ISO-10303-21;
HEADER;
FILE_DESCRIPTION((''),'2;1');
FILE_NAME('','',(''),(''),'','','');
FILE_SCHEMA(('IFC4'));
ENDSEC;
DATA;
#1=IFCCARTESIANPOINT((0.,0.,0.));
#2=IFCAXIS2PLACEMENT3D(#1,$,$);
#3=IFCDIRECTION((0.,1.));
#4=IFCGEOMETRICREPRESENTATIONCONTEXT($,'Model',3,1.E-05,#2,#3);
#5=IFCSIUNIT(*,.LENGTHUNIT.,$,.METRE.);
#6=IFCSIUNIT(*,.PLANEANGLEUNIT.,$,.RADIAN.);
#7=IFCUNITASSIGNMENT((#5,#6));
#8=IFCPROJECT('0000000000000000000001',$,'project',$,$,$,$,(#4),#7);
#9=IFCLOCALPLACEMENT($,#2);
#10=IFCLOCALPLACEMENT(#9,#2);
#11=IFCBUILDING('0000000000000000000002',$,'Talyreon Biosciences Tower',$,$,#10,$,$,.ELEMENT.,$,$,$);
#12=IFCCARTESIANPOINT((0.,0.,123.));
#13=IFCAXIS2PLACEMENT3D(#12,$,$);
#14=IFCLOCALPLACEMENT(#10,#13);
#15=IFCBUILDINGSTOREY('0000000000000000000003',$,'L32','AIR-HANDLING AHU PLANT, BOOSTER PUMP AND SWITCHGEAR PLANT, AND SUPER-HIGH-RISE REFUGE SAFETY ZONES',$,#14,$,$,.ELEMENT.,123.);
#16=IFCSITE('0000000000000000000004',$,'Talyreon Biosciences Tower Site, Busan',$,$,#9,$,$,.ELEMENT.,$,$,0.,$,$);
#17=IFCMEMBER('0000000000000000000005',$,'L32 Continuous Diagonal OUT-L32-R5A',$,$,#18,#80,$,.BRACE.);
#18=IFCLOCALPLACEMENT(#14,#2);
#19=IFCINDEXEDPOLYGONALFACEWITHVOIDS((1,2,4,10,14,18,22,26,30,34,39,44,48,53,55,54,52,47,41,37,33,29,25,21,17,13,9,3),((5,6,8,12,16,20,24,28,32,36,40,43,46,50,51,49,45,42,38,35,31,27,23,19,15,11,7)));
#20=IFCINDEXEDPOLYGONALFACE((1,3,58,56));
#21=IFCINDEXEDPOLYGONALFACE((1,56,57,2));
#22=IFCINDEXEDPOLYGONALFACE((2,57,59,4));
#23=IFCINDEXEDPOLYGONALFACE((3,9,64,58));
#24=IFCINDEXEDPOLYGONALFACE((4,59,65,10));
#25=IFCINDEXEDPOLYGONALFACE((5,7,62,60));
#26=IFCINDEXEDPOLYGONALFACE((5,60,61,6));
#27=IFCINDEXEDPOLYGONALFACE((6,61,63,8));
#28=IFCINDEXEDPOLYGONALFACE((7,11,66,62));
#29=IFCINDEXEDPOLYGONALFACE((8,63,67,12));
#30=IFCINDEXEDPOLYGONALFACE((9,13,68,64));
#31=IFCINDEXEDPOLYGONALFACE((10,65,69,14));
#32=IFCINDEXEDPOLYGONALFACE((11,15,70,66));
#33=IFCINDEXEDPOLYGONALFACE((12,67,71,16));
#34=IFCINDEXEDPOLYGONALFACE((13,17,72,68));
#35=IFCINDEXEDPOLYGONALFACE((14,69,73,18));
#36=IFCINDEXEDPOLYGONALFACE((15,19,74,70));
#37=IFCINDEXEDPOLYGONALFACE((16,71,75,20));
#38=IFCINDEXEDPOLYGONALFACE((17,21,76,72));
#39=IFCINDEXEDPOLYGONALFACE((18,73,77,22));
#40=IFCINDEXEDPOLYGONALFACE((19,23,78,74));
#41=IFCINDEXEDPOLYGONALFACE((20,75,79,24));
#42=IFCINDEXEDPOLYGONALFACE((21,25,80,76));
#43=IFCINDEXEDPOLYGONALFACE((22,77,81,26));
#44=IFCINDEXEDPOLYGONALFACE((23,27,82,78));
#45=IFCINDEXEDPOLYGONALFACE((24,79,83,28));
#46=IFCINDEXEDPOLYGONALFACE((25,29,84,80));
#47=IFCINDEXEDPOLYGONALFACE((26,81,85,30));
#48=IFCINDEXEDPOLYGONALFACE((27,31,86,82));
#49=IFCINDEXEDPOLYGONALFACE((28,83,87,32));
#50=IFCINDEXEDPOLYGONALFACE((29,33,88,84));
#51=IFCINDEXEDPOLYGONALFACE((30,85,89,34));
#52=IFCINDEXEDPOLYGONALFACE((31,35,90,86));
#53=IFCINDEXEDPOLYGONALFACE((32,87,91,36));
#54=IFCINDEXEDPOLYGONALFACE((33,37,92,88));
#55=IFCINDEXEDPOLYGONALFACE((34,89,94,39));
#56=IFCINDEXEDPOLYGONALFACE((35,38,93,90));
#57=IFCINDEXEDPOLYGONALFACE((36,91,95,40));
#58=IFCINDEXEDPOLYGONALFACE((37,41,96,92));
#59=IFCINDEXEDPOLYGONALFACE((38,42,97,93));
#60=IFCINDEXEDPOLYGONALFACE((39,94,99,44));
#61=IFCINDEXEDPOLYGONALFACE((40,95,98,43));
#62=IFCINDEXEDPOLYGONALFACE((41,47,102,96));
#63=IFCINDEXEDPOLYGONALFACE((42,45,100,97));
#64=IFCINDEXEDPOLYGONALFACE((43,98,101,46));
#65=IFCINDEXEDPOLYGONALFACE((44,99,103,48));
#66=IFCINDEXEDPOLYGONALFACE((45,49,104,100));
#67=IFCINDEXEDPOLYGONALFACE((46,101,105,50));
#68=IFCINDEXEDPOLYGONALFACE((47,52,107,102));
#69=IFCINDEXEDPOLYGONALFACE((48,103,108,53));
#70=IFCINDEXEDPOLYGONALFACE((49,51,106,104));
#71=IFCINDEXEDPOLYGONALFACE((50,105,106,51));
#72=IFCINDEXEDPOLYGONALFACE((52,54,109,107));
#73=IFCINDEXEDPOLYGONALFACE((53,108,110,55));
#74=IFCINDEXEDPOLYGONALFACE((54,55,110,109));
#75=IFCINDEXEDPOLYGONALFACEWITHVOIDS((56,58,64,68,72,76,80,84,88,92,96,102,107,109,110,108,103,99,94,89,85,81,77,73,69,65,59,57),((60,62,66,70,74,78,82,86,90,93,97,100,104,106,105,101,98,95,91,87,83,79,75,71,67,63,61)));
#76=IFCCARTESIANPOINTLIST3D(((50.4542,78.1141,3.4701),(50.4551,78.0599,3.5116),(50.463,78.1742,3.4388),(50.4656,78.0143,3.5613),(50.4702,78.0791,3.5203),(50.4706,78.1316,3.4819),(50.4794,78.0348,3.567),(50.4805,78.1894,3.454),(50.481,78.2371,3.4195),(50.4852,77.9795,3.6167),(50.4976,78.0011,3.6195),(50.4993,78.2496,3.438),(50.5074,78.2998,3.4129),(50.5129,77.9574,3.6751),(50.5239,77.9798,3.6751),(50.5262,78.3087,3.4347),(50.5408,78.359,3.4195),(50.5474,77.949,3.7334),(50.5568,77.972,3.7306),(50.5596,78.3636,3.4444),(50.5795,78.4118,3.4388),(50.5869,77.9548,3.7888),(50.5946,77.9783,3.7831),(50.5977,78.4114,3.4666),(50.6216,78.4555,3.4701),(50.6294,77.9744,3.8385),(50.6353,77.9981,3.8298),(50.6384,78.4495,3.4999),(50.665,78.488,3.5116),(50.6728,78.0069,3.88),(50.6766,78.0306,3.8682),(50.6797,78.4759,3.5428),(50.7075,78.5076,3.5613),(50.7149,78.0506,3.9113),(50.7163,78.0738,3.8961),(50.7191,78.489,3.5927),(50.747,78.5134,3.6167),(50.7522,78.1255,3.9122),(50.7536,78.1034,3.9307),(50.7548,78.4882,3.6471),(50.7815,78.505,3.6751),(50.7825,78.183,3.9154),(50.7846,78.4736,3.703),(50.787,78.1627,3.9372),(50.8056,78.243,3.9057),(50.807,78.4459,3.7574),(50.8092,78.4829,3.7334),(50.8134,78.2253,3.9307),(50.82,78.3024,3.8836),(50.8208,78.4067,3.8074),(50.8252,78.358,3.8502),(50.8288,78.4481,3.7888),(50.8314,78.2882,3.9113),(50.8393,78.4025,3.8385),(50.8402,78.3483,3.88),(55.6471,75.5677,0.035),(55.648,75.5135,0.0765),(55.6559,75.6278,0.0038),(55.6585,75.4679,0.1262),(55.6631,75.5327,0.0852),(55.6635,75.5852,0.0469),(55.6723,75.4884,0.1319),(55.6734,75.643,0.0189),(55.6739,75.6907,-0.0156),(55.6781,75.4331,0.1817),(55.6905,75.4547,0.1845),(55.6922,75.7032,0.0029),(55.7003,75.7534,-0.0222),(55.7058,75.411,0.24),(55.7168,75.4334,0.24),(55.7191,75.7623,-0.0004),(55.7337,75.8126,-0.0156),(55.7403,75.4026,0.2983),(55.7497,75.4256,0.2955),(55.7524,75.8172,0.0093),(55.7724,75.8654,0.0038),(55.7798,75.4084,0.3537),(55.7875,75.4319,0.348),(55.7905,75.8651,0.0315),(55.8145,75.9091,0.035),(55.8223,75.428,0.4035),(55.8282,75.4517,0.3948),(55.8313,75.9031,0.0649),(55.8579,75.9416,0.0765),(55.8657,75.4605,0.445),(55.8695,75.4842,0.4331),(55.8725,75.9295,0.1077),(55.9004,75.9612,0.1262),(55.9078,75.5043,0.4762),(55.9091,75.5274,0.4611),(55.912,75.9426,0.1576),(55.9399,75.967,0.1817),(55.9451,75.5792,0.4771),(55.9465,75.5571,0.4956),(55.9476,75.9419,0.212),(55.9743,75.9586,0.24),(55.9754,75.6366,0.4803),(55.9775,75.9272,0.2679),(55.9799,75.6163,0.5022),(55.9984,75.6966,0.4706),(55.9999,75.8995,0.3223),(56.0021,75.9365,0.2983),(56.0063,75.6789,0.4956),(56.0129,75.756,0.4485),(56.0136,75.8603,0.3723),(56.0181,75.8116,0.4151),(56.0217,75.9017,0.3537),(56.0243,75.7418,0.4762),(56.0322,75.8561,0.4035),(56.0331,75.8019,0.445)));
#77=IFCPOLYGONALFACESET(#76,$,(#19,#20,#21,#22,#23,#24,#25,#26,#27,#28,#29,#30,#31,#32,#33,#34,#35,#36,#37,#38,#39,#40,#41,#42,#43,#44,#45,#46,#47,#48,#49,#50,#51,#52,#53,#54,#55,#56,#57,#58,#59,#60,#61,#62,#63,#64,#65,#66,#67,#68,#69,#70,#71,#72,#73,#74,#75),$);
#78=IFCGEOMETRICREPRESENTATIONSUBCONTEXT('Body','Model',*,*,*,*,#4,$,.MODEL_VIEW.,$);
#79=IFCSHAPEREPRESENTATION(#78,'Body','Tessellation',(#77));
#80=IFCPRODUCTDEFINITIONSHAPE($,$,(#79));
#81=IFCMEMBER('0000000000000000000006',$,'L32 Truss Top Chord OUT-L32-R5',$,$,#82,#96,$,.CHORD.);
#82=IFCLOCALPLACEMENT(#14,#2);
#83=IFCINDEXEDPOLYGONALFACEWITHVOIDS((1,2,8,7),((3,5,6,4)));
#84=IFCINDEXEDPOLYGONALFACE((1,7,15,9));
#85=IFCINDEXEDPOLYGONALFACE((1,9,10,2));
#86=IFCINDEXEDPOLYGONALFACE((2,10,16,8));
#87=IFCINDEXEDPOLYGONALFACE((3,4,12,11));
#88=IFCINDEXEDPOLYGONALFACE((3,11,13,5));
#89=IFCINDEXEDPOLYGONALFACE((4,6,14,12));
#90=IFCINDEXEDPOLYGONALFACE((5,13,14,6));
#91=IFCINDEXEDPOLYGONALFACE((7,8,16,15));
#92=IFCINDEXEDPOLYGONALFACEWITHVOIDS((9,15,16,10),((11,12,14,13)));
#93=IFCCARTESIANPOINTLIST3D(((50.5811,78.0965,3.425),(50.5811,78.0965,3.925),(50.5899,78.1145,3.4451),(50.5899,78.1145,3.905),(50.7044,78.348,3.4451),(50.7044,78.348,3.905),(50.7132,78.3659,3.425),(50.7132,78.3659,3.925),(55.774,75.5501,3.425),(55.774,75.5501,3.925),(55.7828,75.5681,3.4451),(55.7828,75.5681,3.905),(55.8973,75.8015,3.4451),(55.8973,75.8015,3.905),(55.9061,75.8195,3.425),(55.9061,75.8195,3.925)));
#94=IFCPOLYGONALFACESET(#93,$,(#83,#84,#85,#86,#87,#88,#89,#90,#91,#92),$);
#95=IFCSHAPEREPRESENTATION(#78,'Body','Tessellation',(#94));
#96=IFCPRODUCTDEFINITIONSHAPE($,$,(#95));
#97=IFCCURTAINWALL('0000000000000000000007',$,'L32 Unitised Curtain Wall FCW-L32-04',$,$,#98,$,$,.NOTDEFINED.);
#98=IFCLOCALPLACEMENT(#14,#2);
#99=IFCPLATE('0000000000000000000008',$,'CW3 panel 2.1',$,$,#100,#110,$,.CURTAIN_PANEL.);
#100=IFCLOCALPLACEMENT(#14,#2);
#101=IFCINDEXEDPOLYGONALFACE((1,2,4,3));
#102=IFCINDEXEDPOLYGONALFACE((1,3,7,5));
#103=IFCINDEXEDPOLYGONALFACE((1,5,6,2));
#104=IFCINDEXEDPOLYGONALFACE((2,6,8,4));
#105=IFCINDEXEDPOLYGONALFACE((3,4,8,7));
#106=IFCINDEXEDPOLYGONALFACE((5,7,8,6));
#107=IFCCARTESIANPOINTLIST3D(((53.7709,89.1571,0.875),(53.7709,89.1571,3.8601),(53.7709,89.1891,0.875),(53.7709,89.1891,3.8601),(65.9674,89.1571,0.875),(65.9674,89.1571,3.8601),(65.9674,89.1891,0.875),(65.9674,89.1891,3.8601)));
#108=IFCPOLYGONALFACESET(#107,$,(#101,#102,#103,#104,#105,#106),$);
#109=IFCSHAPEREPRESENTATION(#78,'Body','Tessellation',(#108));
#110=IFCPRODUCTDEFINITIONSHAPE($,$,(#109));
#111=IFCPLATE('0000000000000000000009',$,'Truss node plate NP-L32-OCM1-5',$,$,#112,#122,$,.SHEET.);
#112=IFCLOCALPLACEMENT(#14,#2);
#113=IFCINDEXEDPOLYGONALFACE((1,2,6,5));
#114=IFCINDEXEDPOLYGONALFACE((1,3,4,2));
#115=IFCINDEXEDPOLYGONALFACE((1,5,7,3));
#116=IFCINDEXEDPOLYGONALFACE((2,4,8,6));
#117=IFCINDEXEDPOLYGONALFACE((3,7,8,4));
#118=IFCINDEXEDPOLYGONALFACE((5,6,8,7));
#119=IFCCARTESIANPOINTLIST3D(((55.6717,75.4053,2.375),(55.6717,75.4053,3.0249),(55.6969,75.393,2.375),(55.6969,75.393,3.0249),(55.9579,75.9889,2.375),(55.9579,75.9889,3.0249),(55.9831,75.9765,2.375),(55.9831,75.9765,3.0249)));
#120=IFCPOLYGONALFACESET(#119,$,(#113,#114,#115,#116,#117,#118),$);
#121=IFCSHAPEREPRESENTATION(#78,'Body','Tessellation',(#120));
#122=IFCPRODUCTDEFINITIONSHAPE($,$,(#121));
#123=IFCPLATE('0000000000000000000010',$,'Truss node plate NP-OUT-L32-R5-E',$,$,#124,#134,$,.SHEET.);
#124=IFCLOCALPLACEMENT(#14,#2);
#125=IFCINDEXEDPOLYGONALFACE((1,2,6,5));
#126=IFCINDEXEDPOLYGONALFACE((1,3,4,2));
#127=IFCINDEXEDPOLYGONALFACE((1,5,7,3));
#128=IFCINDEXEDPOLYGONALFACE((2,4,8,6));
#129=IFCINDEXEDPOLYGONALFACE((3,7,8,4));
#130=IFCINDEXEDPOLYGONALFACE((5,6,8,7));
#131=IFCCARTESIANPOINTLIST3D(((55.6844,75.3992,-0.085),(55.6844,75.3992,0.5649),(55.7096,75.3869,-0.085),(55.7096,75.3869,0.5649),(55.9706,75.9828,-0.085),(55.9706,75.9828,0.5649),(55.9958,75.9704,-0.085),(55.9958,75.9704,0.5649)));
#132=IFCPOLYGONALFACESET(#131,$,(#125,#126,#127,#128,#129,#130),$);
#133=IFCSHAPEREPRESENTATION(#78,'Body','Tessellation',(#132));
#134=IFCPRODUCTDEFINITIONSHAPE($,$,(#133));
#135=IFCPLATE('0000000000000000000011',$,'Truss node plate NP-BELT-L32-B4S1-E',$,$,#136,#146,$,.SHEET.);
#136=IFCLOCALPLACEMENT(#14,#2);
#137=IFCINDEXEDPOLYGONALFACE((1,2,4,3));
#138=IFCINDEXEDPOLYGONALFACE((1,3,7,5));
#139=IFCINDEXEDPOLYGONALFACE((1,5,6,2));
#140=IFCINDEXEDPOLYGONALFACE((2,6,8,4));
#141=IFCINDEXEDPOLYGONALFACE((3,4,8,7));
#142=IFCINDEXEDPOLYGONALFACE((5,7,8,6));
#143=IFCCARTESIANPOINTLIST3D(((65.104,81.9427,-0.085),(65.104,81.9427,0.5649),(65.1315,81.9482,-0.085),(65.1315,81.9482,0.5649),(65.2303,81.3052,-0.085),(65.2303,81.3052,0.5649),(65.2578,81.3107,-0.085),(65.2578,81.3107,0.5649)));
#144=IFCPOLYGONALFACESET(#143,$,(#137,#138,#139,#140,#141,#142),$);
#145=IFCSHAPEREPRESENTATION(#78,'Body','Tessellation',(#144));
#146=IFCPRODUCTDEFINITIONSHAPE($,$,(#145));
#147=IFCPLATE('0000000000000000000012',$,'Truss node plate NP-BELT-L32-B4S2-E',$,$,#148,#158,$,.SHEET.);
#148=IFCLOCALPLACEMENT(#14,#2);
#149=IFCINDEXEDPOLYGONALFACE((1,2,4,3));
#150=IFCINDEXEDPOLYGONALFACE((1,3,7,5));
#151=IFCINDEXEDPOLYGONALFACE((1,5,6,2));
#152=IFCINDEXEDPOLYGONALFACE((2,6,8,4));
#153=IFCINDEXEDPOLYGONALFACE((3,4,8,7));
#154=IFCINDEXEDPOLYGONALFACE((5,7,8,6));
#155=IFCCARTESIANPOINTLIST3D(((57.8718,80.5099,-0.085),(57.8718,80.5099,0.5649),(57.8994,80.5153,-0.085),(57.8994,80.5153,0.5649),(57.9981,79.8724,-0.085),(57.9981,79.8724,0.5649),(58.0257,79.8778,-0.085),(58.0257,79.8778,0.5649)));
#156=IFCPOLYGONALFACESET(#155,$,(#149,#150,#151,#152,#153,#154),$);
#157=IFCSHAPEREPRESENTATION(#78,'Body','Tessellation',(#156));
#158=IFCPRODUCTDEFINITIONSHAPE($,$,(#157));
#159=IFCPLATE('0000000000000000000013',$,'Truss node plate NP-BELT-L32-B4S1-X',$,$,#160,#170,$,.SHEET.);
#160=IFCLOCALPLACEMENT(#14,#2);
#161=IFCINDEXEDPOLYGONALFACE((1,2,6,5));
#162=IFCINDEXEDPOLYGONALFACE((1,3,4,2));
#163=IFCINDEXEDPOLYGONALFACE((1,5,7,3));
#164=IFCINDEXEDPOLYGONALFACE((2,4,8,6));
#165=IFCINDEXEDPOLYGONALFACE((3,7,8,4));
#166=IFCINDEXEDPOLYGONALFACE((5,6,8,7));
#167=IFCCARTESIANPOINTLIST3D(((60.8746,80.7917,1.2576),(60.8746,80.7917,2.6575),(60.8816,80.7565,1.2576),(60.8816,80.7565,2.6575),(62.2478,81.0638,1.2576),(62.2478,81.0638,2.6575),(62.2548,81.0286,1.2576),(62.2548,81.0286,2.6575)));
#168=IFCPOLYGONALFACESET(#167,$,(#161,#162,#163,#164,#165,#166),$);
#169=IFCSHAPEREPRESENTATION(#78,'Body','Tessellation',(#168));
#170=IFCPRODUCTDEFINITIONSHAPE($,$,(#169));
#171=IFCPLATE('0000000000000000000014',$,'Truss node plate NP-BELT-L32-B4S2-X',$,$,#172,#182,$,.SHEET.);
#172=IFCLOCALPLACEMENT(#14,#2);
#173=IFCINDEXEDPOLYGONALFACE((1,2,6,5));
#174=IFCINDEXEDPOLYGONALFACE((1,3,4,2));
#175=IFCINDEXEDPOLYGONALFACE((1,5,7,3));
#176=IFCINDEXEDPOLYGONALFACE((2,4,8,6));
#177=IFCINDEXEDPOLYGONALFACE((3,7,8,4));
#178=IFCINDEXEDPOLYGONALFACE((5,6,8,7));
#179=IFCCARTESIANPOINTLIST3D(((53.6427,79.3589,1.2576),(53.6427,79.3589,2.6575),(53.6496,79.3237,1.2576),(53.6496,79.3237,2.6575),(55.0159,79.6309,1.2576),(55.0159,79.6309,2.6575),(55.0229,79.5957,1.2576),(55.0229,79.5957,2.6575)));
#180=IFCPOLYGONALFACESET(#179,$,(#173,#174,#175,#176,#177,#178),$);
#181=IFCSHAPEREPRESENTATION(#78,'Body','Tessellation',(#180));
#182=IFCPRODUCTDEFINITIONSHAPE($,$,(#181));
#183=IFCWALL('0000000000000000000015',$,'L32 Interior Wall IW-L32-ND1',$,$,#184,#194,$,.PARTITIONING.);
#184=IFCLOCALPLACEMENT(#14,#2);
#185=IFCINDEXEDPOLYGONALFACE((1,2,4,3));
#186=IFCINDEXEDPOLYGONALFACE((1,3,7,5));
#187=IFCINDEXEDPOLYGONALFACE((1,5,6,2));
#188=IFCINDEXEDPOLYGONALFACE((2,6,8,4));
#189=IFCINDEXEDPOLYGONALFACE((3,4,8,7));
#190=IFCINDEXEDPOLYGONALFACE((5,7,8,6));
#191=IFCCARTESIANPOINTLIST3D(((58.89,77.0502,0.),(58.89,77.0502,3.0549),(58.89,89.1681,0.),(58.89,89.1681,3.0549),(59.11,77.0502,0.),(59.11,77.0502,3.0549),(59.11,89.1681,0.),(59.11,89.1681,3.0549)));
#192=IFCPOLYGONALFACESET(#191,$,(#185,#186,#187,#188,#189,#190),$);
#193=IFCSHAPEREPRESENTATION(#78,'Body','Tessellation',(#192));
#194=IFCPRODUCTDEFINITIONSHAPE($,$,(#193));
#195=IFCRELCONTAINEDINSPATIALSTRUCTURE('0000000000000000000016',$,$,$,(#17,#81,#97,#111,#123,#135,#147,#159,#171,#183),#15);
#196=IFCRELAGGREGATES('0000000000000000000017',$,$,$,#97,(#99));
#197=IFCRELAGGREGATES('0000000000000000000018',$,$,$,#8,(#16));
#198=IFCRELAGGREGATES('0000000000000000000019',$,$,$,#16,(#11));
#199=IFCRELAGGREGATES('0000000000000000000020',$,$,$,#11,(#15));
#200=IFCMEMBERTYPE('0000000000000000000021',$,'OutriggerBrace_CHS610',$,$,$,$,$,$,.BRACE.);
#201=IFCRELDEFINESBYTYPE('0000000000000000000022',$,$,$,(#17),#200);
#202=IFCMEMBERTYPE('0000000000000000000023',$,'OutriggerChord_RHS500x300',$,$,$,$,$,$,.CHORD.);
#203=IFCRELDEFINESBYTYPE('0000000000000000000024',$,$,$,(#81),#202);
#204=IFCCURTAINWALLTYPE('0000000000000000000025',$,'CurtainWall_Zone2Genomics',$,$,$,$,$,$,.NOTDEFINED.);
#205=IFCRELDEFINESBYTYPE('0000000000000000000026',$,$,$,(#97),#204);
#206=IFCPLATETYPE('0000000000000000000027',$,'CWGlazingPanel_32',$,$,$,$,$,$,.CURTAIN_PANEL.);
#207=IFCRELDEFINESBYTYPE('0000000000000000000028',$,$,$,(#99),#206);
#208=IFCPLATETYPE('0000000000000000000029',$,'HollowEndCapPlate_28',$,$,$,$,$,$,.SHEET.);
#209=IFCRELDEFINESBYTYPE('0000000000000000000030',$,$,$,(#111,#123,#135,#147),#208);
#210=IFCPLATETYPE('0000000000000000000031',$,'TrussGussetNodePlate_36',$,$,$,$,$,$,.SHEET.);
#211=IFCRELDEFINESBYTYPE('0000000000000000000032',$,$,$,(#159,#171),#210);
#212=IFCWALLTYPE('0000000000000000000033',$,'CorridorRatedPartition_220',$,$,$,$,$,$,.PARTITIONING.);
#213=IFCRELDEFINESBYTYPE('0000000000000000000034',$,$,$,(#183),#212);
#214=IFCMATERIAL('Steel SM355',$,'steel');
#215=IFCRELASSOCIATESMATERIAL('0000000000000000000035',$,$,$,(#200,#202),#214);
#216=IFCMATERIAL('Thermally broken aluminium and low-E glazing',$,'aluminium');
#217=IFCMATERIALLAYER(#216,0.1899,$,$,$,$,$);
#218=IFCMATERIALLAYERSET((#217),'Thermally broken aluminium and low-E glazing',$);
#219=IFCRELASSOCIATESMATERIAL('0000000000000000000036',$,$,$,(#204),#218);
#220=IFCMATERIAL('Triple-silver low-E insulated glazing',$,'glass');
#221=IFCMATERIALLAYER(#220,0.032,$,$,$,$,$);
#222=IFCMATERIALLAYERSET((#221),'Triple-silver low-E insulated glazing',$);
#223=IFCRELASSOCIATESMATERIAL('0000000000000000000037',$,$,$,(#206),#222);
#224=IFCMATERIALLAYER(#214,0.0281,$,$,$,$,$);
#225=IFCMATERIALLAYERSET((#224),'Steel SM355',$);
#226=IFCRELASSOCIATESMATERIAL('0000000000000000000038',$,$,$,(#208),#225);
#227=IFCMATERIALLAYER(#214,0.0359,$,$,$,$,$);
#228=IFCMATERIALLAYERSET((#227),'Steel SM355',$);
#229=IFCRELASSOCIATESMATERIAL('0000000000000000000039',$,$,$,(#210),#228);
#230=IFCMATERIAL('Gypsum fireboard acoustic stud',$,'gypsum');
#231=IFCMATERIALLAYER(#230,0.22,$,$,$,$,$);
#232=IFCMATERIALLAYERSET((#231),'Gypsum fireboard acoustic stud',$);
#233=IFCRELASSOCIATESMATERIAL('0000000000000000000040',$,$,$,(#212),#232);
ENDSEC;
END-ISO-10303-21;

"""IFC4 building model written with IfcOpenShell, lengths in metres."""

from ifc_helpers import new_model, si_unit, direction, frame, frame_2d, origin, origin_2d, place, context, subcontext, project, spatial, rectangle, hollow_rectangle, hollow_circle, extrude, material, layer, layer_set, material_profile, profile_set, type_object, element, aggregate, save


model = new_model("IFC4")

# Units and contexts
model_context = context("Model", 3, precision=1e-05, world=origin(), true_north=direction((0.0, 1.0)))
body_context = subcontext(model_context, "Body", "Model", "MODEL_VIEW")
ifc_project = project(units=[si_unit("LENGTHUNIT", "METRE"), si_unit("PLANEANGLEUNIT", "RADIAN")], contexts=[model_context])

# Site, building, storey
site_placement = place(None, origin())
site = spatial("IfcSite", under=ifc_project, at=site_placement, Name="Talyreon Biosciences Tower Site, Busan", CompositionType="ELEMENT", RefElevation=0.0)
building_placement = place(site_placement, origin())
building = spatial("IfcBuilding", under=site, at=building_placement, Name="Talyreon Biosciences Tower", CompositionType="ELEMENT")
storey_placement = place(building_placement, frame((0.0, 0.0, 123.0)))
storey = spatial("IfcBuildingStorey", under=building, at=storey_placement, Name="L32", Description="AIR-HANDLING AHU PLANT, BOOSTER PUMP AND SWITCHGEAR PLANT, AND SUPER-HIGH-RISE REFUGE SAFETY ZONES", CompositionType="ELEMENT", Elevation=123.0)

# Members
ifc_material_1 = material(Name="Steel SM355", Category="steel")
ifc_material_profile_1 = material_profile(ifc_material_1, hollow_circle(Radius=0.3049, WallThickness=0.0249, at=origin_2d()), Name="CHS 610x25")
ifc_profile_set_1 = profile_set([ifc_material_profile_1], Name="Steel SM355")
member_type_1 = type_object("IfcMemberType", Name="OutriggerBrace_CHS610", PredefinedType="BRACE", material=ifc_profile_set_1)
member_1_placement = place(storey_placement, frame((55.8401, 75.6848, 0.24), z_axis=(-0.771969, 0.378544, 0.510654), x_axis=(-0.440277, -0.897862, 0.0)))
element("IfcMember", 1, at=member_1_placement, inside=storey, type_object=member_type_1, Name="L32 Continuous Diagonal OUT-L32-R5A", PredefinedType="BRACE", context=body_context, shape_type="SweptSolid", body=[
    extrude(hollow_circle(Radius=0.3049, WallThickness=0.0249, at=origin_2d()), origin(), (0.0, 0.0, 1.0), 6.7268),
])
ifc_material_profile_2 = material_profile(ifc_material_1, hollow_rectangle(XDim=0.3, YDim=0.5, WallThickness=0.02, at=origin_2d()), Name="RHS 500x300x20")
ifc_profile_set_2 = profile_set([ifc_material_profile_2], Name="Steel SM355")
member_type_2 = type_object("IfcMemberType", Name="OutriggerChord_RHS500x300", PredefinedType="CHORD", material=ifc_profile_set_2)
member_2_placement = place(storey_placement, frame((55.8401, 75.6848, 3.675), z_axis=(-0.897862, 0.440277, 0.0), x_axis=(-0.440277, -0.897862, 0.0)))
element("IfcMember", 2, at=member_2_placement, inside=storey, type_object=member_type_2, Name="L32 Truss Top Chord OUT-L32-R5", PredefinedType="CHORD", context=body_context, shape_type="SweptSolid", body=[
    extrude(hollow_rectangle(XDim=0.3, YDim=0.5, WallThickness=0.02, at=origin_2d()), origin(), (0.0, 0.0, 1.0), 5.7837),
])

# Curtain wall, plate
ifc_material_2 = material(Name="Thermally broken aluminium and low-E glazing", Category="aluminium")
ifc_layer_1 = layer(ifc_material_2, 0.1899)
ifc_layer_set_1 = layer_set([ifc_layer_1], Name="Thermally broken aluminium and low-E glazing")
curtain_wall_type = type_object("IfcCurtainWallType", Name="CurtainWall_Zone2Genomics", PredefinedType="NOTDEFINED", material=ifc_layer_set_1)
curtain_wall_placement = place(storey_placement, origin())
curtain_wall = element("IfcCurtainWall", 3, at=curtain_wall_placement, inside=storey, type_object=curtain_wall_type, Name="L32 Unitised Curtain Wall FCW-L32-04", PredefinedType="NOTDEFINED")
ifc_material_3 = material(Name="Triple-silver low-E insulated glazing", Category="glass")
ifc_layer_2 = layer(ifc_material_3, 0.032)
ifc_layer_set_2 = layer_set([ifc_layer_2], Name="Triple-silver low-E insulated glazing")
plate_type_1 = type_object("IfcPlateType", Name="CWGlazingPanel_32", PredefinedType="CURTAIN_PANEL", material=ifc_layer_set_2)
plate_placement = place(storey_placement, frame((59.8691, 89.1731, 0.875), z_axis=(0.0, 0.0, 1.0), x_axis=(1.0, 0.0, 0.0)))
plate = element("IfcPlate", 4, at=plate_placement, type_object=plate_type_1, Name="CW3 panel 2.1", PredefinedType="CURTAIN_PANEL", context=body_context, shape_type="SweptSolid", body=[
    extrude(rectangle(XDim=12.1965, YDim=0.032, at=origin_2d()), origin(), (0.0, 0.0, 1.0), 2.9851),
])
aggregate(curtain_wall, [plate])

# Plates
ifc_layer_3 = layer(ifc_material_1, 0.0281)
ifc_layer_set_3 = layer_set([ifc_layer_3], Name="Steel SM355")
plate_type_2 = type_object("IfcPlateType", Name="HollowEndCapPlate_28", PredefinedType="SHEET", material=ifc_layer_set_3)
for number, where, z_axis, x_axis, name in (
    (5, (55.8274, 75.6909, 2.375), (0.0, 0.0, 1.0), (-0.440284, -0.897859, 0.0), "Truss node plate NP-L32-OCM1-5"),
    (6, (55.8401, 75.6848, -0.085), (0.0, 0.0, 1.0), (-0.440284, -0.897859, 0.0), "Truss node plate NP-OUT-L32-R5-E"),
    (7, (65.1809, 81.6267, -0.085), (0.0, 0.0, 1.0), (0.194337, -0.980935, 0.0), "Truss node plate NP-BELT-L32-B4S1-E"),
    (8, (57.9487, 80.1938, -0.085), (0.0, 0.0, 1.0), (0.194337, -0.980935, 0.0), "Truss node plate NP-BELT-L32-B4S2-E"),
):
    element("IfcPlate", number, at=place(storey_placement, frame(where, z_axis=z_axis, x_axis=x_axis)), inside=storey, type_object=plate_type_2, Name=name, PredefinedType="SHEET", context=body_context, shape_type="SweptSolid", body=[
        extrude(rectangle(XDim=0.6499, YDim=0.0281, at=origin_2d()), origin(), (0.0, 0.0, 1.0), 0.6499),
    ])
ifc_layer_4 = layer(ifc_material_1, 0.0359)
ifc_layer_set_4 = layer_set([ifc_layer_4], Name="Steel SM355")
plate_type_3 = type_object("IfcPlateType", Name="TrussGussetNodePlate_36", PredefinedType="SHEET", material=ifc_layer_set_4)
for number, where, z_axis, x_axis, name in (
    (9, (61.5647, 80.9102, 1.2576), (0.0, 0.0, 1.0), (-0.980935, -0.194337, 0.0), "Truss node plate NP-BELT-L32-B4S1-X"),
    (10, (54.3328, 79.4773, 1.2576), (0.0, 0.0, 1.0), (-0.980935, -0.194337, 0.0), "Truss node plate NP-BELT-L32-B4S2-X"),
):
    element("IfcPlate", number, at=place(storey_placement, frame(where, z_axis=z_axis, x_axis=x_axis)), inside=storey, type_object=plate_type_3, Name=name, PredefinedType="SHEET", context=body_context, shape_type="SweptSolid", body=[
        extrude(rectangle(XDim=1.3999, YDim=0.0359, at=origin_2d()), origin(), (0.0, 0.0, 1.0), 1.3999),
    ])

# Wall
ifc_material_4 = material(Name="Gypsum fireboard acoustic stud", Category="gypsum")
ifc_layer_5 = layer(ifc_material_4, 0.22)
ifc_layer_set_5 = layer_set([ifc_layer_5], Name="Gypsum fireboard acoustic stud")
wall_type = type_object("IfcWallType", Name="CorridorRatedPartition_220", PredefinedType="PARTITIONING", material=ifc_layer_set_5)
wall_1_placement = place(storey_placement, frame((59.0, 77.05, 0.0), z_axis=(0.0, 0.0, 1.0), x_axis=(0.0, 1.0, 0.0)))
element("IfcWall", 11, at=wall_1_placement, inside=storey, type_object=wall_type, Name="L32 Interior Wall IW-L32-ND1", PredefinedType="PARTITIONING", context=body_context, shape_type="SweptSolid", body=[
    extrude(rectangle(XDim=12.1179, YDim=0.22, at=frame_2d((6.0591, 0.0))), origin(), (0.0, 0.0, 1.0), 3.0549),
])

save(model, "model.ifc")
